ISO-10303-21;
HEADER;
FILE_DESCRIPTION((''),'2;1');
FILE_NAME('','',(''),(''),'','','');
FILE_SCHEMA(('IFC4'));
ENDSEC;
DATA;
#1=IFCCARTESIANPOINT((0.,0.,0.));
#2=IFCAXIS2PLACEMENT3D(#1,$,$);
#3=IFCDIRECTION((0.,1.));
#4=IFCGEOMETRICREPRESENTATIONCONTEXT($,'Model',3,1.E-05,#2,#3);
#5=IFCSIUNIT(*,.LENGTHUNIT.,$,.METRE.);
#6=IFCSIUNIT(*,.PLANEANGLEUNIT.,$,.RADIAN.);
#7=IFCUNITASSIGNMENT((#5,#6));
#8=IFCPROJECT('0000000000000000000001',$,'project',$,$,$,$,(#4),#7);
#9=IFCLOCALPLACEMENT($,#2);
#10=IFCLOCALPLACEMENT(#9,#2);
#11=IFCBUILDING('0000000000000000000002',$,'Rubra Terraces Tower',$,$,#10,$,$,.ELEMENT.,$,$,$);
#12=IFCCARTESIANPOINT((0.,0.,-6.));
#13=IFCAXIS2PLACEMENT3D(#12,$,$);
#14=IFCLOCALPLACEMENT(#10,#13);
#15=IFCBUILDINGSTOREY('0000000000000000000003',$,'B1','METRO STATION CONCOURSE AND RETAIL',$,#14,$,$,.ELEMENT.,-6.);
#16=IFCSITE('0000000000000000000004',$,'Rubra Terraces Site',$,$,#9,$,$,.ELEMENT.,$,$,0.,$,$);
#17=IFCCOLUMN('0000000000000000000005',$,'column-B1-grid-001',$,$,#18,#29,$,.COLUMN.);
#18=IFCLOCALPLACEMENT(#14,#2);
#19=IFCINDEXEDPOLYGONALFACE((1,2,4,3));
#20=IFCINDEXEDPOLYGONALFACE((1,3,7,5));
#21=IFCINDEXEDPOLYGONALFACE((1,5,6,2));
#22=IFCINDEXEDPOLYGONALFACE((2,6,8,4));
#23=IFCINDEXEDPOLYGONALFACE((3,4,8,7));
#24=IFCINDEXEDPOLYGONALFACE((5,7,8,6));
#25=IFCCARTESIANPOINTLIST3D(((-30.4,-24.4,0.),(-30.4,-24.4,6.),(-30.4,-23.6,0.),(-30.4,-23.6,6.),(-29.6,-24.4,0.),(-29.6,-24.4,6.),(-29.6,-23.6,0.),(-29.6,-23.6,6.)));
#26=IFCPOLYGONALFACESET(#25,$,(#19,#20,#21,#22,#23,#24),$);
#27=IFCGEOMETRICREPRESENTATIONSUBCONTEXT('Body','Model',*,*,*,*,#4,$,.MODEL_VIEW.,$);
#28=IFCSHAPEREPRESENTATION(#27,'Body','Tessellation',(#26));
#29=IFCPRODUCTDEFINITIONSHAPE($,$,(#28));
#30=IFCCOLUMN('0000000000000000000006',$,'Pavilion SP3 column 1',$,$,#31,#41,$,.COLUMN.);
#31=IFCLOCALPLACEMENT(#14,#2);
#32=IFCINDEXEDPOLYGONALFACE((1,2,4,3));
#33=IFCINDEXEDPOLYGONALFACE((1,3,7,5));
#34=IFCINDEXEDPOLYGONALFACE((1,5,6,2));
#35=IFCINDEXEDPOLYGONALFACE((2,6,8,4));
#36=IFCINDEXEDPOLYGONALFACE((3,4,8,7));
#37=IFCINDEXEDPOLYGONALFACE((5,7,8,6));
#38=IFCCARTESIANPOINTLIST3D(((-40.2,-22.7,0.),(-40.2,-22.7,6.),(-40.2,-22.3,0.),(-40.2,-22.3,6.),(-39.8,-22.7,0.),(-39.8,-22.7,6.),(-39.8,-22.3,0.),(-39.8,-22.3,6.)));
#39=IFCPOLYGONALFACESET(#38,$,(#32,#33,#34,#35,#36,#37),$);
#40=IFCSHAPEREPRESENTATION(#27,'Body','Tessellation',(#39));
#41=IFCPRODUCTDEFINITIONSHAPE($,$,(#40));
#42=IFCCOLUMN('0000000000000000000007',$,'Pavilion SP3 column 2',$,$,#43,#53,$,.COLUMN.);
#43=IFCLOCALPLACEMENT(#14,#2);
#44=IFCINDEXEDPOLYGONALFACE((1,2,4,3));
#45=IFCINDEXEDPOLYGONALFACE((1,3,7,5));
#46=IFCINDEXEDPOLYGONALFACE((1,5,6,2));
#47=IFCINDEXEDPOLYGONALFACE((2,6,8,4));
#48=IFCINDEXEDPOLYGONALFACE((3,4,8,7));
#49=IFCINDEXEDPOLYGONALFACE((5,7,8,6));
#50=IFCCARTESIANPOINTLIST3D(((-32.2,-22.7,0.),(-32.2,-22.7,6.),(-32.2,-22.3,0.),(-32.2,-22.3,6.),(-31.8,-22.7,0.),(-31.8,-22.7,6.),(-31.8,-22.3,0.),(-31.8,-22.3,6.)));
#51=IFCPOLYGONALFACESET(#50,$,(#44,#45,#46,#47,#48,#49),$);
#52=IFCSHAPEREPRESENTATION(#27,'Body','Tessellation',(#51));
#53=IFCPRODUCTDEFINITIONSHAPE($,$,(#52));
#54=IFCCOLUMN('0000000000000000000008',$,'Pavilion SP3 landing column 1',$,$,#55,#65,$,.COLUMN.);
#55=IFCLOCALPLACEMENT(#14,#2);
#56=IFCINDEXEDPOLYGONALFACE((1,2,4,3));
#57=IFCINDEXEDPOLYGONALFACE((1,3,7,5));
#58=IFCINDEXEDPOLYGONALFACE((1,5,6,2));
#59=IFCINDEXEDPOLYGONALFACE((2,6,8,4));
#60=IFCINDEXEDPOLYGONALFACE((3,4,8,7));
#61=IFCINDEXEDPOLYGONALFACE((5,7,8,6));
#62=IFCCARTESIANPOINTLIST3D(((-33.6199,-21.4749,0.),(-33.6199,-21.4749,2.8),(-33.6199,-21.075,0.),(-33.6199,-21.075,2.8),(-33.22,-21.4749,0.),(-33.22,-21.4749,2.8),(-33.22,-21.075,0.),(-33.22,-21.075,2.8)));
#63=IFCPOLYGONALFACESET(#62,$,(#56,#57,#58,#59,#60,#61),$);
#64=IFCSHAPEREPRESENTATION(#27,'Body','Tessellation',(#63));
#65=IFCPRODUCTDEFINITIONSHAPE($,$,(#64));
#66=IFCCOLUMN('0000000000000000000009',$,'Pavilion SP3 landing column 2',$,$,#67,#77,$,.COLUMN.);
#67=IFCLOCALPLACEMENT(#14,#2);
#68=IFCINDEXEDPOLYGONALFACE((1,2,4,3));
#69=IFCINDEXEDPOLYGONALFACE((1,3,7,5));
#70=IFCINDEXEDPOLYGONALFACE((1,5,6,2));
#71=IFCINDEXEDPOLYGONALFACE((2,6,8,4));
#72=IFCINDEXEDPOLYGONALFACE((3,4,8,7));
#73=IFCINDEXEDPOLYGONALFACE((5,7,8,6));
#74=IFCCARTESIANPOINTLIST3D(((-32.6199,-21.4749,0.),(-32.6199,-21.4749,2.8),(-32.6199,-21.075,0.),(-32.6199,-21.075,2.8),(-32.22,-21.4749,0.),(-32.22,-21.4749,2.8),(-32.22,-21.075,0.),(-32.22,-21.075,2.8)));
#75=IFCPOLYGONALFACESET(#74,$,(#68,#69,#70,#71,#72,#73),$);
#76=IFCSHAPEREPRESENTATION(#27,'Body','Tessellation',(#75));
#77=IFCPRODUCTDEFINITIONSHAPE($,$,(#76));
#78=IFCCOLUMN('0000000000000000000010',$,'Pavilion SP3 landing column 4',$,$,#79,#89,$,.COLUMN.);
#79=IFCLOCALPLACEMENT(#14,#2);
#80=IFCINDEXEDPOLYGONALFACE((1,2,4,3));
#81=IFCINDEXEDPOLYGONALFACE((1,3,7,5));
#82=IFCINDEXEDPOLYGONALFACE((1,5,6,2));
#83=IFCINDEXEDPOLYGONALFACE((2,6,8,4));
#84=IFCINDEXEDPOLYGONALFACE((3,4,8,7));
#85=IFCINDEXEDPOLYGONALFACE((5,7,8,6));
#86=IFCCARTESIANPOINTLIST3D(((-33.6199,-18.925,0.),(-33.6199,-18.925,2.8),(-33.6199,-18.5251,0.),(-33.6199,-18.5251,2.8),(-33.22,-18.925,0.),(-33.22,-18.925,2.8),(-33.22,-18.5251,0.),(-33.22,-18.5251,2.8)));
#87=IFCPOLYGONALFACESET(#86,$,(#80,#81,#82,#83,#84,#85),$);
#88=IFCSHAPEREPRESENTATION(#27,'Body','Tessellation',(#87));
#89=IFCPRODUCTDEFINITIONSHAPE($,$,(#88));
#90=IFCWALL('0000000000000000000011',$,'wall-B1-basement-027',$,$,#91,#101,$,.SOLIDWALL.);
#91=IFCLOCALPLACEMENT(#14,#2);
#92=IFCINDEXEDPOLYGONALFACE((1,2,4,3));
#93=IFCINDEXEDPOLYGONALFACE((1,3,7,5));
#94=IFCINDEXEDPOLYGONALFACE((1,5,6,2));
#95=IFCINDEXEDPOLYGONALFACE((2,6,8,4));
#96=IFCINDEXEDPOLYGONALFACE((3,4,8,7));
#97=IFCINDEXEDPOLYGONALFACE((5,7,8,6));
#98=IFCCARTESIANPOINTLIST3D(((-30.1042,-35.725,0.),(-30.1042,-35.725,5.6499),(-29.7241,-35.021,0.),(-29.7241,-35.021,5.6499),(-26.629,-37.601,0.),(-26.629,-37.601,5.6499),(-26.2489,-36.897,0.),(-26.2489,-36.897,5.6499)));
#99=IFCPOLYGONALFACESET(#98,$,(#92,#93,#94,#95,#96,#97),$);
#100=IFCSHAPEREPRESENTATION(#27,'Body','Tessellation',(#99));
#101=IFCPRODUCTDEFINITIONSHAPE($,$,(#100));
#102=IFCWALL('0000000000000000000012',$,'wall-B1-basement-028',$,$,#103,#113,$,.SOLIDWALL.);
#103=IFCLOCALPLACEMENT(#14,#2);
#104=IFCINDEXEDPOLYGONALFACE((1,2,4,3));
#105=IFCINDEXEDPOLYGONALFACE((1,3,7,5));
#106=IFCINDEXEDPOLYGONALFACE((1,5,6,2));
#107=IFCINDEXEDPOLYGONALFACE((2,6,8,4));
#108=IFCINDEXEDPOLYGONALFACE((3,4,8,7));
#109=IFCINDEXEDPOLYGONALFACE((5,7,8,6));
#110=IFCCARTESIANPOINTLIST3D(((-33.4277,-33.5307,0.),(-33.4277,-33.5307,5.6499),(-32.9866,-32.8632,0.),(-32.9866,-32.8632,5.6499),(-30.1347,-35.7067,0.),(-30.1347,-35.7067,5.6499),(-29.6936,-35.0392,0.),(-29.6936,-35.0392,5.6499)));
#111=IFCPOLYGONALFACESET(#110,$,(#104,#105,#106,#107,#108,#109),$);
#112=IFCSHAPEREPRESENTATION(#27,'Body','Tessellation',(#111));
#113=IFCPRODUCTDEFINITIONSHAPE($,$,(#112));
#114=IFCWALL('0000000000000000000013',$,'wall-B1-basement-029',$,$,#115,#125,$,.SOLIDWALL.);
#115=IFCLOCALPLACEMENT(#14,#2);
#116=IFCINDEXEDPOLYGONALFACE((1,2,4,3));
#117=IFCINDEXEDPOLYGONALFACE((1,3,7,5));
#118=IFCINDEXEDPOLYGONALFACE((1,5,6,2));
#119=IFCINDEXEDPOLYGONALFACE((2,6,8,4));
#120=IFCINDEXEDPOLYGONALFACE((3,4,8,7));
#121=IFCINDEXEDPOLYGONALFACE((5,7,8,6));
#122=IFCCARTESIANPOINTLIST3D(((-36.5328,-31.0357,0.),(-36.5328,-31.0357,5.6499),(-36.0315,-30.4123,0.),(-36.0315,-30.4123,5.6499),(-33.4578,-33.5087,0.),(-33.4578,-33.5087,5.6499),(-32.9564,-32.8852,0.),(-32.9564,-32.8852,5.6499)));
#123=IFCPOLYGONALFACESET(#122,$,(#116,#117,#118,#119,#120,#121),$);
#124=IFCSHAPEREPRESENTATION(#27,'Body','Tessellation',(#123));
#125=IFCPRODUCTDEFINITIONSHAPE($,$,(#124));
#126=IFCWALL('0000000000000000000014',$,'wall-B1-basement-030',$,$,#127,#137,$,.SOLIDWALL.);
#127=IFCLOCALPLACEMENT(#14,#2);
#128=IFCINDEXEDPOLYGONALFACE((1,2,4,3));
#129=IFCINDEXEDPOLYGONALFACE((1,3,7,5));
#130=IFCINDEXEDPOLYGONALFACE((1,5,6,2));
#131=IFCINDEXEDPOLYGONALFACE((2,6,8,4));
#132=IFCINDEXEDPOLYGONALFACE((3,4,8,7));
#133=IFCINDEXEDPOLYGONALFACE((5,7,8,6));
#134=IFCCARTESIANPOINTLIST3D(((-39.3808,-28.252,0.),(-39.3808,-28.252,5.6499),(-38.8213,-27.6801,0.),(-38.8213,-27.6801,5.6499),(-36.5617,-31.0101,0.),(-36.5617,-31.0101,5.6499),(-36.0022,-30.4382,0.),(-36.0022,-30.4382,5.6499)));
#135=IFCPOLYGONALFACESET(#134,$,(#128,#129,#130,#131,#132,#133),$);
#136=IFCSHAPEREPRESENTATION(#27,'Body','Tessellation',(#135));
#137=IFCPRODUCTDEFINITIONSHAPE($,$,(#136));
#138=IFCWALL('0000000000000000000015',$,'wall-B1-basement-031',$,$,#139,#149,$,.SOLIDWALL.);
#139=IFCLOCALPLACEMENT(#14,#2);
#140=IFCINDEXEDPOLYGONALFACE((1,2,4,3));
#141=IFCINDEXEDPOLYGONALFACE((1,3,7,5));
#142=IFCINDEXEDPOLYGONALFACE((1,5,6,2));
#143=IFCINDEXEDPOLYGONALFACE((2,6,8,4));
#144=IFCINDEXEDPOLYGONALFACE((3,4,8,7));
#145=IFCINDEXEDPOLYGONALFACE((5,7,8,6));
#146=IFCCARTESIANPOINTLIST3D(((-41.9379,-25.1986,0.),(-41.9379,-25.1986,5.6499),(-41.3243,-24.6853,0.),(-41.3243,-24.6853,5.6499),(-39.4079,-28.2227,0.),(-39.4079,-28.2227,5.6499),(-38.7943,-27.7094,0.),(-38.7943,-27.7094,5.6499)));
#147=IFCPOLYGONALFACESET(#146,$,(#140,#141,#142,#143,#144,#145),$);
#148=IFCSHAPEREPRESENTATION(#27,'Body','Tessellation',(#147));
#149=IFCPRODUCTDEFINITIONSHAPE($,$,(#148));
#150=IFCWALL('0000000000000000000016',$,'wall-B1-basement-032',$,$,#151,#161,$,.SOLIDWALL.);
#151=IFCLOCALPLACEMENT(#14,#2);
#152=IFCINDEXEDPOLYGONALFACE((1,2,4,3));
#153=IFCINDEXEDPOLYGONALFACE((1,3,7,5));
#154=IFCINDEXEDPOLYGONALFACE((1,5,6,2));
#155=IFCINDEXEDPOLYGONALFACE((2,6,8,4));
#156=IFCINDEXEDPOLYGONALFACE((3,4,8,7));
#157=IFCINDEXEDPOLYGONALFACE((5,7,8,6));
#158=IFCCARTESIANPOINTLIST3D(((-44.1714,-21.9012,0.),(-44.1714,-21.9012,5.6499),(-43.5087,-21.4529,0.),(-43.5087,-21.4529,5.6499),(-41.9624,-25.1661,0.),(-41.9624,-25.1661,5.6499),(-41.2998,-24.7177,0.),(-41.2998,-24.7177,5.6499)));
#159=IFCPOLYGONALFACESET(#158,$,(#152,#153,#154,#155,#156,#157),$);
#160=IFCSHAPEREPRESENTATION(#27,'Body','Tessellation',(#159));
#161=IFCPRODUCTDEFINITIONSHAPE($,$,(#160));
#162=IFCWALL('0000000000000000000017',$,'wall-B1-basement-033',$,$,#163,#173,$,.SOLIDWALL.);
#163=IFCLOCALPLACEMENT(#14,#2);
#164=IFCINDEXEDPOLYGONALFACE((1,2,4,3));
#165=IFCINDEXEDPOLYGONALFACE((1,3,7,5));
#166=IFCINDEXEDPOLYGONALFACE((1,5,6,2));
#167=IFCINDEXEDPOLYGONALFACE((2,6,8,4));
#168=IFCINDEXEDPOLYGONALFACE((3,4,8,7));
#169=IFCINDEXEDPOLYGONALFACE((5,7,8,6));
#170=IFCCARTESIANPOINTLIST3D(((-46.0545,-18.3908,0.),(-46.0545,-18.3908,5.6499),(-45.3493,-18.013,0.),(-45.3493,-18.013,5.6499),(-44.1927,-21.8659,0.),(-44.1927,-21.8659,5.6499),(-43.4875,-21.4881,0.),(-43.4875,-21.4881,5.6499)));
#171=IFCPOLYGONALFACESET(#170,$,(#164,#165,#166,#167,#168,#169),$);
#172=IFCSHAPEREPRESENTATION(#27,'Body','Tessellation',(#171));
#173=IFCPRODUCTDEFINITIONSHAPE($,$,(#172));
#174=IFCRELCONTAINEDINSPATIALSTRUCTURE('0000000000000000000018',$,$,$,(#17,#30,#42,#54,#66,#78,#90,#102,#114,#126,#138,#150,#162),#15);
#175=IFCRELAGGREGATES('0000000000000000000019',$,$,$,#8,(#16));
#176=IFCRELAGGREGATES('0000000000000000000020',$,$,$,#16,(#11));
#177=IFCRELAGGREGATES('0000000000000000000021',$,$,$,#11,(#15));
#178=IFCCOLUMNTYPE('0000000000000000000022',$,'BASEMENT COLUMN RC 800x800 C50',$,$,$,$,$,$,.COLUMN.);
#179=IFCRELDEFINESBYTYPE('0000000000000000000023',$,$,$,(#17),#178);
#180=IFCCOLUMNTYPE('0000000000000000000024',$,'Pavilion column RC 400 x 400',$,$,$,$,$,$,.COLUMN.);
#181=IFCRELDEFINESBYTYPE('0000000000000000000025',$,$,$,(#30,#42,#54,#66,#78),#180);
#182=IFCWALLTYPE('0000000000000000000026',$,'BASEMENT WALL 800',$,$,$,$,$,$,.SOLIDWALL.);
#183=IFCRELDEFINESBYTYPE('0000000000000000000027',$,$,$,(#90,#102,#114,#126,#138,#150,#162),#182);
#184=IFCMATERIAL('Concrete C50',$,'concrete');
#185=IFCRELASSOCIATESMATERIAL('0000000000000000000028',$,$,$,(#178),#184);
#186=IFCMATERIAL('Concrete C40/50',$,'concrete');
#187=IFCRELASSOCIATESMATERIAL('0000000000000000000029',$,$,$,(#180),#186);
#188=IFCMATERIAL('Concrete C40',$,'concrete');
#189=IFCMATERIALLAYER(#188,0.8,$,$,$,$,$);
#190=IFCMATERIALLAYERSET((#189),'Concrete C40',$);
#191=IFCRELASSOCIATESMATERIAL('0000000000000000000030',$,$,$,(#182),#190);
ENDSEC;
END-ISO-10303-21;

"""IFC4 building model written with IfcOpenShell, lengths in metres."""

from ifc_helpers import new_model, si_unit, direction, frame, frame_2d, origin, origin_2d, place, context, subcontext, project, spatial, rectangle, extrude, material, layer, layer_set, material_profile, profile_set, type_object, element, save


model = new_model("IFC4")

# Units and contexts
model_context = context("Model", 3, precision=1e-05, world=origin(), true_north=direction((0.0, 1.0)))
body_context = subcontext(model_context, "Body", "Model", "MODEL_VIEW")
ifc_project = project(units=[si_unit("LENGTHUNIT", "METRE"), si_unit("PLANEANGLEUNIT", "RADIAN")], contexts=[model_context])

# Site, building, storey
site_placement = place(None, origin())
site = spatial("IfcSite", under=ifc_project, at=site_placement, Name="Rubra Terraces Site", CompositionType="ELEMENT", RefElevation=0.0)
building_placement = place(site_placement, origin())
building = spatial("IfcBuilding", under=site, at=building_placement, Name="Rubra Terraces Tower", CompositionType="ELEMENT")
storey_placement = place(building_placement, frame((0.0, 0.0, -6.0)))
storey = spatial("IfcBuildingStorey", under=building, at=storey_placement, Name="B1", Description="METRO STATION CONCOURSE AND RETAIL", CompositionType="ELEMENT", Elevation=-6.0)

# Columns
ifc_material_1 = material(Name="Concrete C50", Category="concrete")
ifc_material_profile_1 = material_profile(ifc_material_1, rectangle(XDim=0.8, YDim=0.8, at=origin_2d()), Name="RC 800x800")
ifc_profile_set_1 = profile_set([ifc_material_profile_1], Name="Concrete C50")
column_type_1 = type_object("IfcColumnType", Name="BASEMENT COLUMN RC 800x800 C50", PredefinedType="COLUMN", material=ifc_profile_set_1)
column_placement = place(storey_placement, frame((-30.0, -24.0, 0.0), z_axis=(0.0, 0.0, 1.0), x_axis=(1.0, 0.0, 0.0)))
element("IfcColumn", 1, at=column_placement, inside=storey, type_object=column_type_1, Name="column-B1-grid-001", PredefinedType="COLUMN", context=body_context, shape_type="SweptSolid", body=[
    extrude(rectangle(XDim=0.8, YDim=0.8, at=origin_2d()), origin(), (0.0, 0.0, 1.0), 6.0),
])
ifc_material_2 = material(Name="Concrete C40/50", Category="concrete")
ifc_material_profile_2 = material_profile(ifc_material_2, rectangle(XDim=0.3999, YDim=0.3999, at=origin_2d()), Name="RC 400x400")
ifc_profile_set_2 = profile_set([ifc_material_profile_2], Name="Concrete C40/50")
column_type_2 = type_object("IfcColumnType", Name="Pavilion column RC 400 x 400", PredefinedType="COLUMN", material=ifc_profile_set_2)
for number, where, z_axis, x_axis, name in (
    (2, (-40.0, -22.5, 0.0), (0.0, 0.0, 1.0), (1.0, 0.0, 0.0), "Pavilion SP3 column 1"),
    (3, (-32.0, -22.5, 0.0), (0.0, 0.0, 1.0), (1.0, 0.0, 0.0), "Pavilion SP3 column 2"),
):
    element("IfcColumn", number, at=place(storey_placement, frame(where, z_axis=z_axis, x_axis=x_axis)), inside=storey, type_object=column_type_2, Name=name, PredefinedType="COLUMN", context=body_context, shape_type="SweptSolid", body=[
        extrude(rectangle(XDim=0.3999, YDim=0.3999, at=origin_2d()), origin(), (0.0, 0.0, 1.0), 6.0),
    ])
for number, where, z_axis, x_axis, name in (
    (4, (-33.4199, -21.2749, 0.0), (0.0, 0.0, 1.0), (1.0, 0.0, 0.0), "Pavilion SP3 landing column 1"),
    (5, (-32.4199, -21.2749, 0.0), (0.0, 0.0, 1.0), (1.0, 0.0, 0.0), "Pavilion SP3 landing column 2"),
    (6, (-33.4199, -18.7251, 0.0), (0.0, 0.0, 1.0), (1.0, 0.0, 0.0), "Pavilion SP3 landing column 4"),
):
    element("IfcColumn", number, at=place(storey_placement, frame(where, z_axis=z_axis, x_axis=x_axis)), inside=storey, type_object=column_type_2, Name=name, PredefinedType="COLUMN", context=body_context, shape_type="SweptSolid", body=[
        extrude(rectangle(XDim=0.3999, YDim=0.3999, at=origin_2d()), origin(), (0.0, 0.0, 1.0), 2.8),
    ])

# Walls
ifc_material_3 = material(Name="Concrete C40", Category="concrete")
ifc_layer_1 = layer(ifc_material_3, 0.8)
ifc_layer_set_1 = layer_set([ifc_layer_1], Name="Concrete C40")
wall_type_1 = type_object("IfcWallType", Name="BASEMENT WALL 800", PredefinedType="SOLIDWALL", material=ifc_layer_set_1)
wall_1_placement = place(storey_placement, frame((-26.439, -37.249, 0.0), z_axis=(0.0, 0.0, 1.0), x_axis=(-0.879966, 0.475036, 0.0)))
element("IfcWall", 7, at=wall_1_placement, inside=storey, type_object=wall_type_1, Name="wall-B1-basement-027", PredefinedType="SOLIDWALL", context=body_context, shape_type="SweptSolid", body=[
    extrude(rectangle(XDim=3.9492, YDim=0.8, at=frame_2d((1.9746, 0.0))), origin(), (0.0, 0.0, 1.0), 5.6499),
])
wall_2_placement = place(storey_placement, frame((-29.9141, -35.373, 0.0), z_axis=(0.0, 0.0, 1.0), x_axis=(-0.834299, 0.551313, 0.0)))
element("IfcWall", 8, at=wall_2_placement, inside=storey, type_object=wall_type_1, Name="wall-B1-basement-028", PredefinedType="SOLIDWALL", context=body_context, shape_type="SweptSolid", body=[
    extrude(rectangle(XDim=3.947, YDim=0.8, at=frame_2d((1.9736, 0.0))), origin(), (0.0, 0.0, 1.0), 5.6499),
])
wall_3_placement = place(storey_placement, frame((-33.207, -33.197, 0.0), z_axis=(0.0, 0.0, 1.0), x_axis=(-0.779267, 0.626692, 0.0)))
element("IfcWall", 9, at=wall_3_placement, inside=storey, type_object=wall_type_1, Name="wall-B1-basement-029", PredefinedType="SOLIDWALL", context=body_context, shape_type="SweptSolid", body=[
    extrude(rectangle(XDim=3.946, YDim=0.8, at=frame_2d((1.9731, 0.0))), origin(), (0.0, 0.0, 1.0), 5.6499),
])
wall_4_placement = place(storey_placement, frame((-36.282, -30.7241, 0.0), z_axis=(0.0, 0.0, 1.0), x_axis=(-0.714802, 0.699326, 0.0)))
element("IfcWall", 10, at=wall_4_placement, inside=storey, type_object=wall_type_1, Name="wall-B1-basement-030", PredefinedType="SOLIDWALL", context=body_context, shape_type="SweptSolid", body=[
    extrude(rectangle(XDim=3.9438, YDim=0.8, at=frame_2d((1.9719, 0.0))), origin(), (0.0, 0.0, 1.0), 5.6499),
])
wall_5_placement = place(storey_placement, frame((-39.1011, -27.9661, 0.0), z_axis=(0.0, 0.0, 1.0), x_axis=(-0.641663, 0.766987, 0.0)))
element("IfcWall", 11, at=wall_5_placement, inside=storey, type_object=wall_type_1, Name="wall-B1-basement-031", PredefinedType="SOLIDWALL", context=body_context, shape_type="SweptSolid", body=[
    extrude(rectangle(XDim=3.9429, YDim=0.8, at=frame_2d((1.9714, 0.0))), origin(), (0.0, 0.0, 1.0), 5.6499),
])
wall_6_placement = place(storey_placement, frame((-41.6311, -24.9419, 0.0), z_axis=(0.0, 0.0, 1.0), x_axis=(-0.560376, 0.828239, 0.0)))
element("IfcWall", 12, at=wall_6_placement, inside=storey, type_object=wall_type_1, Name="wall-B1-basement-032", PredefinedType="SOLIDWALL", context=body_context, shape_type="SweptSolid", body=[
    extrude(rectangle(XDim=3.9419, YDim=0.8, at=frame_2d((1.9709, 0.0))), origin(), (0.0, 0.0, 1.0), 5.6499),
])
wall_7_placement = place(storey_placement, frame((-43.8401, -21.677, 0.0), z_axis=(0.0, 0.0, 1.0), x_axis=(-0.472252, 0.881463, 0.0)))
element("IfcWall", 13, at=wall_7_placement, inside=storey, type_object=wall_type_1, Name="wall-B1-basement-033", PredefinedType="SOLIDWALL", context=body_context, shape_type="SweptSolid", body=[
    extrude(rectangle(XDim=3.9424, YDim=0.8, at=frame_2d((1.9712, 0.0))), origin(), (0.0, 0.0, 1.0), 5.6499),
])

save(model, "model.ifc")
